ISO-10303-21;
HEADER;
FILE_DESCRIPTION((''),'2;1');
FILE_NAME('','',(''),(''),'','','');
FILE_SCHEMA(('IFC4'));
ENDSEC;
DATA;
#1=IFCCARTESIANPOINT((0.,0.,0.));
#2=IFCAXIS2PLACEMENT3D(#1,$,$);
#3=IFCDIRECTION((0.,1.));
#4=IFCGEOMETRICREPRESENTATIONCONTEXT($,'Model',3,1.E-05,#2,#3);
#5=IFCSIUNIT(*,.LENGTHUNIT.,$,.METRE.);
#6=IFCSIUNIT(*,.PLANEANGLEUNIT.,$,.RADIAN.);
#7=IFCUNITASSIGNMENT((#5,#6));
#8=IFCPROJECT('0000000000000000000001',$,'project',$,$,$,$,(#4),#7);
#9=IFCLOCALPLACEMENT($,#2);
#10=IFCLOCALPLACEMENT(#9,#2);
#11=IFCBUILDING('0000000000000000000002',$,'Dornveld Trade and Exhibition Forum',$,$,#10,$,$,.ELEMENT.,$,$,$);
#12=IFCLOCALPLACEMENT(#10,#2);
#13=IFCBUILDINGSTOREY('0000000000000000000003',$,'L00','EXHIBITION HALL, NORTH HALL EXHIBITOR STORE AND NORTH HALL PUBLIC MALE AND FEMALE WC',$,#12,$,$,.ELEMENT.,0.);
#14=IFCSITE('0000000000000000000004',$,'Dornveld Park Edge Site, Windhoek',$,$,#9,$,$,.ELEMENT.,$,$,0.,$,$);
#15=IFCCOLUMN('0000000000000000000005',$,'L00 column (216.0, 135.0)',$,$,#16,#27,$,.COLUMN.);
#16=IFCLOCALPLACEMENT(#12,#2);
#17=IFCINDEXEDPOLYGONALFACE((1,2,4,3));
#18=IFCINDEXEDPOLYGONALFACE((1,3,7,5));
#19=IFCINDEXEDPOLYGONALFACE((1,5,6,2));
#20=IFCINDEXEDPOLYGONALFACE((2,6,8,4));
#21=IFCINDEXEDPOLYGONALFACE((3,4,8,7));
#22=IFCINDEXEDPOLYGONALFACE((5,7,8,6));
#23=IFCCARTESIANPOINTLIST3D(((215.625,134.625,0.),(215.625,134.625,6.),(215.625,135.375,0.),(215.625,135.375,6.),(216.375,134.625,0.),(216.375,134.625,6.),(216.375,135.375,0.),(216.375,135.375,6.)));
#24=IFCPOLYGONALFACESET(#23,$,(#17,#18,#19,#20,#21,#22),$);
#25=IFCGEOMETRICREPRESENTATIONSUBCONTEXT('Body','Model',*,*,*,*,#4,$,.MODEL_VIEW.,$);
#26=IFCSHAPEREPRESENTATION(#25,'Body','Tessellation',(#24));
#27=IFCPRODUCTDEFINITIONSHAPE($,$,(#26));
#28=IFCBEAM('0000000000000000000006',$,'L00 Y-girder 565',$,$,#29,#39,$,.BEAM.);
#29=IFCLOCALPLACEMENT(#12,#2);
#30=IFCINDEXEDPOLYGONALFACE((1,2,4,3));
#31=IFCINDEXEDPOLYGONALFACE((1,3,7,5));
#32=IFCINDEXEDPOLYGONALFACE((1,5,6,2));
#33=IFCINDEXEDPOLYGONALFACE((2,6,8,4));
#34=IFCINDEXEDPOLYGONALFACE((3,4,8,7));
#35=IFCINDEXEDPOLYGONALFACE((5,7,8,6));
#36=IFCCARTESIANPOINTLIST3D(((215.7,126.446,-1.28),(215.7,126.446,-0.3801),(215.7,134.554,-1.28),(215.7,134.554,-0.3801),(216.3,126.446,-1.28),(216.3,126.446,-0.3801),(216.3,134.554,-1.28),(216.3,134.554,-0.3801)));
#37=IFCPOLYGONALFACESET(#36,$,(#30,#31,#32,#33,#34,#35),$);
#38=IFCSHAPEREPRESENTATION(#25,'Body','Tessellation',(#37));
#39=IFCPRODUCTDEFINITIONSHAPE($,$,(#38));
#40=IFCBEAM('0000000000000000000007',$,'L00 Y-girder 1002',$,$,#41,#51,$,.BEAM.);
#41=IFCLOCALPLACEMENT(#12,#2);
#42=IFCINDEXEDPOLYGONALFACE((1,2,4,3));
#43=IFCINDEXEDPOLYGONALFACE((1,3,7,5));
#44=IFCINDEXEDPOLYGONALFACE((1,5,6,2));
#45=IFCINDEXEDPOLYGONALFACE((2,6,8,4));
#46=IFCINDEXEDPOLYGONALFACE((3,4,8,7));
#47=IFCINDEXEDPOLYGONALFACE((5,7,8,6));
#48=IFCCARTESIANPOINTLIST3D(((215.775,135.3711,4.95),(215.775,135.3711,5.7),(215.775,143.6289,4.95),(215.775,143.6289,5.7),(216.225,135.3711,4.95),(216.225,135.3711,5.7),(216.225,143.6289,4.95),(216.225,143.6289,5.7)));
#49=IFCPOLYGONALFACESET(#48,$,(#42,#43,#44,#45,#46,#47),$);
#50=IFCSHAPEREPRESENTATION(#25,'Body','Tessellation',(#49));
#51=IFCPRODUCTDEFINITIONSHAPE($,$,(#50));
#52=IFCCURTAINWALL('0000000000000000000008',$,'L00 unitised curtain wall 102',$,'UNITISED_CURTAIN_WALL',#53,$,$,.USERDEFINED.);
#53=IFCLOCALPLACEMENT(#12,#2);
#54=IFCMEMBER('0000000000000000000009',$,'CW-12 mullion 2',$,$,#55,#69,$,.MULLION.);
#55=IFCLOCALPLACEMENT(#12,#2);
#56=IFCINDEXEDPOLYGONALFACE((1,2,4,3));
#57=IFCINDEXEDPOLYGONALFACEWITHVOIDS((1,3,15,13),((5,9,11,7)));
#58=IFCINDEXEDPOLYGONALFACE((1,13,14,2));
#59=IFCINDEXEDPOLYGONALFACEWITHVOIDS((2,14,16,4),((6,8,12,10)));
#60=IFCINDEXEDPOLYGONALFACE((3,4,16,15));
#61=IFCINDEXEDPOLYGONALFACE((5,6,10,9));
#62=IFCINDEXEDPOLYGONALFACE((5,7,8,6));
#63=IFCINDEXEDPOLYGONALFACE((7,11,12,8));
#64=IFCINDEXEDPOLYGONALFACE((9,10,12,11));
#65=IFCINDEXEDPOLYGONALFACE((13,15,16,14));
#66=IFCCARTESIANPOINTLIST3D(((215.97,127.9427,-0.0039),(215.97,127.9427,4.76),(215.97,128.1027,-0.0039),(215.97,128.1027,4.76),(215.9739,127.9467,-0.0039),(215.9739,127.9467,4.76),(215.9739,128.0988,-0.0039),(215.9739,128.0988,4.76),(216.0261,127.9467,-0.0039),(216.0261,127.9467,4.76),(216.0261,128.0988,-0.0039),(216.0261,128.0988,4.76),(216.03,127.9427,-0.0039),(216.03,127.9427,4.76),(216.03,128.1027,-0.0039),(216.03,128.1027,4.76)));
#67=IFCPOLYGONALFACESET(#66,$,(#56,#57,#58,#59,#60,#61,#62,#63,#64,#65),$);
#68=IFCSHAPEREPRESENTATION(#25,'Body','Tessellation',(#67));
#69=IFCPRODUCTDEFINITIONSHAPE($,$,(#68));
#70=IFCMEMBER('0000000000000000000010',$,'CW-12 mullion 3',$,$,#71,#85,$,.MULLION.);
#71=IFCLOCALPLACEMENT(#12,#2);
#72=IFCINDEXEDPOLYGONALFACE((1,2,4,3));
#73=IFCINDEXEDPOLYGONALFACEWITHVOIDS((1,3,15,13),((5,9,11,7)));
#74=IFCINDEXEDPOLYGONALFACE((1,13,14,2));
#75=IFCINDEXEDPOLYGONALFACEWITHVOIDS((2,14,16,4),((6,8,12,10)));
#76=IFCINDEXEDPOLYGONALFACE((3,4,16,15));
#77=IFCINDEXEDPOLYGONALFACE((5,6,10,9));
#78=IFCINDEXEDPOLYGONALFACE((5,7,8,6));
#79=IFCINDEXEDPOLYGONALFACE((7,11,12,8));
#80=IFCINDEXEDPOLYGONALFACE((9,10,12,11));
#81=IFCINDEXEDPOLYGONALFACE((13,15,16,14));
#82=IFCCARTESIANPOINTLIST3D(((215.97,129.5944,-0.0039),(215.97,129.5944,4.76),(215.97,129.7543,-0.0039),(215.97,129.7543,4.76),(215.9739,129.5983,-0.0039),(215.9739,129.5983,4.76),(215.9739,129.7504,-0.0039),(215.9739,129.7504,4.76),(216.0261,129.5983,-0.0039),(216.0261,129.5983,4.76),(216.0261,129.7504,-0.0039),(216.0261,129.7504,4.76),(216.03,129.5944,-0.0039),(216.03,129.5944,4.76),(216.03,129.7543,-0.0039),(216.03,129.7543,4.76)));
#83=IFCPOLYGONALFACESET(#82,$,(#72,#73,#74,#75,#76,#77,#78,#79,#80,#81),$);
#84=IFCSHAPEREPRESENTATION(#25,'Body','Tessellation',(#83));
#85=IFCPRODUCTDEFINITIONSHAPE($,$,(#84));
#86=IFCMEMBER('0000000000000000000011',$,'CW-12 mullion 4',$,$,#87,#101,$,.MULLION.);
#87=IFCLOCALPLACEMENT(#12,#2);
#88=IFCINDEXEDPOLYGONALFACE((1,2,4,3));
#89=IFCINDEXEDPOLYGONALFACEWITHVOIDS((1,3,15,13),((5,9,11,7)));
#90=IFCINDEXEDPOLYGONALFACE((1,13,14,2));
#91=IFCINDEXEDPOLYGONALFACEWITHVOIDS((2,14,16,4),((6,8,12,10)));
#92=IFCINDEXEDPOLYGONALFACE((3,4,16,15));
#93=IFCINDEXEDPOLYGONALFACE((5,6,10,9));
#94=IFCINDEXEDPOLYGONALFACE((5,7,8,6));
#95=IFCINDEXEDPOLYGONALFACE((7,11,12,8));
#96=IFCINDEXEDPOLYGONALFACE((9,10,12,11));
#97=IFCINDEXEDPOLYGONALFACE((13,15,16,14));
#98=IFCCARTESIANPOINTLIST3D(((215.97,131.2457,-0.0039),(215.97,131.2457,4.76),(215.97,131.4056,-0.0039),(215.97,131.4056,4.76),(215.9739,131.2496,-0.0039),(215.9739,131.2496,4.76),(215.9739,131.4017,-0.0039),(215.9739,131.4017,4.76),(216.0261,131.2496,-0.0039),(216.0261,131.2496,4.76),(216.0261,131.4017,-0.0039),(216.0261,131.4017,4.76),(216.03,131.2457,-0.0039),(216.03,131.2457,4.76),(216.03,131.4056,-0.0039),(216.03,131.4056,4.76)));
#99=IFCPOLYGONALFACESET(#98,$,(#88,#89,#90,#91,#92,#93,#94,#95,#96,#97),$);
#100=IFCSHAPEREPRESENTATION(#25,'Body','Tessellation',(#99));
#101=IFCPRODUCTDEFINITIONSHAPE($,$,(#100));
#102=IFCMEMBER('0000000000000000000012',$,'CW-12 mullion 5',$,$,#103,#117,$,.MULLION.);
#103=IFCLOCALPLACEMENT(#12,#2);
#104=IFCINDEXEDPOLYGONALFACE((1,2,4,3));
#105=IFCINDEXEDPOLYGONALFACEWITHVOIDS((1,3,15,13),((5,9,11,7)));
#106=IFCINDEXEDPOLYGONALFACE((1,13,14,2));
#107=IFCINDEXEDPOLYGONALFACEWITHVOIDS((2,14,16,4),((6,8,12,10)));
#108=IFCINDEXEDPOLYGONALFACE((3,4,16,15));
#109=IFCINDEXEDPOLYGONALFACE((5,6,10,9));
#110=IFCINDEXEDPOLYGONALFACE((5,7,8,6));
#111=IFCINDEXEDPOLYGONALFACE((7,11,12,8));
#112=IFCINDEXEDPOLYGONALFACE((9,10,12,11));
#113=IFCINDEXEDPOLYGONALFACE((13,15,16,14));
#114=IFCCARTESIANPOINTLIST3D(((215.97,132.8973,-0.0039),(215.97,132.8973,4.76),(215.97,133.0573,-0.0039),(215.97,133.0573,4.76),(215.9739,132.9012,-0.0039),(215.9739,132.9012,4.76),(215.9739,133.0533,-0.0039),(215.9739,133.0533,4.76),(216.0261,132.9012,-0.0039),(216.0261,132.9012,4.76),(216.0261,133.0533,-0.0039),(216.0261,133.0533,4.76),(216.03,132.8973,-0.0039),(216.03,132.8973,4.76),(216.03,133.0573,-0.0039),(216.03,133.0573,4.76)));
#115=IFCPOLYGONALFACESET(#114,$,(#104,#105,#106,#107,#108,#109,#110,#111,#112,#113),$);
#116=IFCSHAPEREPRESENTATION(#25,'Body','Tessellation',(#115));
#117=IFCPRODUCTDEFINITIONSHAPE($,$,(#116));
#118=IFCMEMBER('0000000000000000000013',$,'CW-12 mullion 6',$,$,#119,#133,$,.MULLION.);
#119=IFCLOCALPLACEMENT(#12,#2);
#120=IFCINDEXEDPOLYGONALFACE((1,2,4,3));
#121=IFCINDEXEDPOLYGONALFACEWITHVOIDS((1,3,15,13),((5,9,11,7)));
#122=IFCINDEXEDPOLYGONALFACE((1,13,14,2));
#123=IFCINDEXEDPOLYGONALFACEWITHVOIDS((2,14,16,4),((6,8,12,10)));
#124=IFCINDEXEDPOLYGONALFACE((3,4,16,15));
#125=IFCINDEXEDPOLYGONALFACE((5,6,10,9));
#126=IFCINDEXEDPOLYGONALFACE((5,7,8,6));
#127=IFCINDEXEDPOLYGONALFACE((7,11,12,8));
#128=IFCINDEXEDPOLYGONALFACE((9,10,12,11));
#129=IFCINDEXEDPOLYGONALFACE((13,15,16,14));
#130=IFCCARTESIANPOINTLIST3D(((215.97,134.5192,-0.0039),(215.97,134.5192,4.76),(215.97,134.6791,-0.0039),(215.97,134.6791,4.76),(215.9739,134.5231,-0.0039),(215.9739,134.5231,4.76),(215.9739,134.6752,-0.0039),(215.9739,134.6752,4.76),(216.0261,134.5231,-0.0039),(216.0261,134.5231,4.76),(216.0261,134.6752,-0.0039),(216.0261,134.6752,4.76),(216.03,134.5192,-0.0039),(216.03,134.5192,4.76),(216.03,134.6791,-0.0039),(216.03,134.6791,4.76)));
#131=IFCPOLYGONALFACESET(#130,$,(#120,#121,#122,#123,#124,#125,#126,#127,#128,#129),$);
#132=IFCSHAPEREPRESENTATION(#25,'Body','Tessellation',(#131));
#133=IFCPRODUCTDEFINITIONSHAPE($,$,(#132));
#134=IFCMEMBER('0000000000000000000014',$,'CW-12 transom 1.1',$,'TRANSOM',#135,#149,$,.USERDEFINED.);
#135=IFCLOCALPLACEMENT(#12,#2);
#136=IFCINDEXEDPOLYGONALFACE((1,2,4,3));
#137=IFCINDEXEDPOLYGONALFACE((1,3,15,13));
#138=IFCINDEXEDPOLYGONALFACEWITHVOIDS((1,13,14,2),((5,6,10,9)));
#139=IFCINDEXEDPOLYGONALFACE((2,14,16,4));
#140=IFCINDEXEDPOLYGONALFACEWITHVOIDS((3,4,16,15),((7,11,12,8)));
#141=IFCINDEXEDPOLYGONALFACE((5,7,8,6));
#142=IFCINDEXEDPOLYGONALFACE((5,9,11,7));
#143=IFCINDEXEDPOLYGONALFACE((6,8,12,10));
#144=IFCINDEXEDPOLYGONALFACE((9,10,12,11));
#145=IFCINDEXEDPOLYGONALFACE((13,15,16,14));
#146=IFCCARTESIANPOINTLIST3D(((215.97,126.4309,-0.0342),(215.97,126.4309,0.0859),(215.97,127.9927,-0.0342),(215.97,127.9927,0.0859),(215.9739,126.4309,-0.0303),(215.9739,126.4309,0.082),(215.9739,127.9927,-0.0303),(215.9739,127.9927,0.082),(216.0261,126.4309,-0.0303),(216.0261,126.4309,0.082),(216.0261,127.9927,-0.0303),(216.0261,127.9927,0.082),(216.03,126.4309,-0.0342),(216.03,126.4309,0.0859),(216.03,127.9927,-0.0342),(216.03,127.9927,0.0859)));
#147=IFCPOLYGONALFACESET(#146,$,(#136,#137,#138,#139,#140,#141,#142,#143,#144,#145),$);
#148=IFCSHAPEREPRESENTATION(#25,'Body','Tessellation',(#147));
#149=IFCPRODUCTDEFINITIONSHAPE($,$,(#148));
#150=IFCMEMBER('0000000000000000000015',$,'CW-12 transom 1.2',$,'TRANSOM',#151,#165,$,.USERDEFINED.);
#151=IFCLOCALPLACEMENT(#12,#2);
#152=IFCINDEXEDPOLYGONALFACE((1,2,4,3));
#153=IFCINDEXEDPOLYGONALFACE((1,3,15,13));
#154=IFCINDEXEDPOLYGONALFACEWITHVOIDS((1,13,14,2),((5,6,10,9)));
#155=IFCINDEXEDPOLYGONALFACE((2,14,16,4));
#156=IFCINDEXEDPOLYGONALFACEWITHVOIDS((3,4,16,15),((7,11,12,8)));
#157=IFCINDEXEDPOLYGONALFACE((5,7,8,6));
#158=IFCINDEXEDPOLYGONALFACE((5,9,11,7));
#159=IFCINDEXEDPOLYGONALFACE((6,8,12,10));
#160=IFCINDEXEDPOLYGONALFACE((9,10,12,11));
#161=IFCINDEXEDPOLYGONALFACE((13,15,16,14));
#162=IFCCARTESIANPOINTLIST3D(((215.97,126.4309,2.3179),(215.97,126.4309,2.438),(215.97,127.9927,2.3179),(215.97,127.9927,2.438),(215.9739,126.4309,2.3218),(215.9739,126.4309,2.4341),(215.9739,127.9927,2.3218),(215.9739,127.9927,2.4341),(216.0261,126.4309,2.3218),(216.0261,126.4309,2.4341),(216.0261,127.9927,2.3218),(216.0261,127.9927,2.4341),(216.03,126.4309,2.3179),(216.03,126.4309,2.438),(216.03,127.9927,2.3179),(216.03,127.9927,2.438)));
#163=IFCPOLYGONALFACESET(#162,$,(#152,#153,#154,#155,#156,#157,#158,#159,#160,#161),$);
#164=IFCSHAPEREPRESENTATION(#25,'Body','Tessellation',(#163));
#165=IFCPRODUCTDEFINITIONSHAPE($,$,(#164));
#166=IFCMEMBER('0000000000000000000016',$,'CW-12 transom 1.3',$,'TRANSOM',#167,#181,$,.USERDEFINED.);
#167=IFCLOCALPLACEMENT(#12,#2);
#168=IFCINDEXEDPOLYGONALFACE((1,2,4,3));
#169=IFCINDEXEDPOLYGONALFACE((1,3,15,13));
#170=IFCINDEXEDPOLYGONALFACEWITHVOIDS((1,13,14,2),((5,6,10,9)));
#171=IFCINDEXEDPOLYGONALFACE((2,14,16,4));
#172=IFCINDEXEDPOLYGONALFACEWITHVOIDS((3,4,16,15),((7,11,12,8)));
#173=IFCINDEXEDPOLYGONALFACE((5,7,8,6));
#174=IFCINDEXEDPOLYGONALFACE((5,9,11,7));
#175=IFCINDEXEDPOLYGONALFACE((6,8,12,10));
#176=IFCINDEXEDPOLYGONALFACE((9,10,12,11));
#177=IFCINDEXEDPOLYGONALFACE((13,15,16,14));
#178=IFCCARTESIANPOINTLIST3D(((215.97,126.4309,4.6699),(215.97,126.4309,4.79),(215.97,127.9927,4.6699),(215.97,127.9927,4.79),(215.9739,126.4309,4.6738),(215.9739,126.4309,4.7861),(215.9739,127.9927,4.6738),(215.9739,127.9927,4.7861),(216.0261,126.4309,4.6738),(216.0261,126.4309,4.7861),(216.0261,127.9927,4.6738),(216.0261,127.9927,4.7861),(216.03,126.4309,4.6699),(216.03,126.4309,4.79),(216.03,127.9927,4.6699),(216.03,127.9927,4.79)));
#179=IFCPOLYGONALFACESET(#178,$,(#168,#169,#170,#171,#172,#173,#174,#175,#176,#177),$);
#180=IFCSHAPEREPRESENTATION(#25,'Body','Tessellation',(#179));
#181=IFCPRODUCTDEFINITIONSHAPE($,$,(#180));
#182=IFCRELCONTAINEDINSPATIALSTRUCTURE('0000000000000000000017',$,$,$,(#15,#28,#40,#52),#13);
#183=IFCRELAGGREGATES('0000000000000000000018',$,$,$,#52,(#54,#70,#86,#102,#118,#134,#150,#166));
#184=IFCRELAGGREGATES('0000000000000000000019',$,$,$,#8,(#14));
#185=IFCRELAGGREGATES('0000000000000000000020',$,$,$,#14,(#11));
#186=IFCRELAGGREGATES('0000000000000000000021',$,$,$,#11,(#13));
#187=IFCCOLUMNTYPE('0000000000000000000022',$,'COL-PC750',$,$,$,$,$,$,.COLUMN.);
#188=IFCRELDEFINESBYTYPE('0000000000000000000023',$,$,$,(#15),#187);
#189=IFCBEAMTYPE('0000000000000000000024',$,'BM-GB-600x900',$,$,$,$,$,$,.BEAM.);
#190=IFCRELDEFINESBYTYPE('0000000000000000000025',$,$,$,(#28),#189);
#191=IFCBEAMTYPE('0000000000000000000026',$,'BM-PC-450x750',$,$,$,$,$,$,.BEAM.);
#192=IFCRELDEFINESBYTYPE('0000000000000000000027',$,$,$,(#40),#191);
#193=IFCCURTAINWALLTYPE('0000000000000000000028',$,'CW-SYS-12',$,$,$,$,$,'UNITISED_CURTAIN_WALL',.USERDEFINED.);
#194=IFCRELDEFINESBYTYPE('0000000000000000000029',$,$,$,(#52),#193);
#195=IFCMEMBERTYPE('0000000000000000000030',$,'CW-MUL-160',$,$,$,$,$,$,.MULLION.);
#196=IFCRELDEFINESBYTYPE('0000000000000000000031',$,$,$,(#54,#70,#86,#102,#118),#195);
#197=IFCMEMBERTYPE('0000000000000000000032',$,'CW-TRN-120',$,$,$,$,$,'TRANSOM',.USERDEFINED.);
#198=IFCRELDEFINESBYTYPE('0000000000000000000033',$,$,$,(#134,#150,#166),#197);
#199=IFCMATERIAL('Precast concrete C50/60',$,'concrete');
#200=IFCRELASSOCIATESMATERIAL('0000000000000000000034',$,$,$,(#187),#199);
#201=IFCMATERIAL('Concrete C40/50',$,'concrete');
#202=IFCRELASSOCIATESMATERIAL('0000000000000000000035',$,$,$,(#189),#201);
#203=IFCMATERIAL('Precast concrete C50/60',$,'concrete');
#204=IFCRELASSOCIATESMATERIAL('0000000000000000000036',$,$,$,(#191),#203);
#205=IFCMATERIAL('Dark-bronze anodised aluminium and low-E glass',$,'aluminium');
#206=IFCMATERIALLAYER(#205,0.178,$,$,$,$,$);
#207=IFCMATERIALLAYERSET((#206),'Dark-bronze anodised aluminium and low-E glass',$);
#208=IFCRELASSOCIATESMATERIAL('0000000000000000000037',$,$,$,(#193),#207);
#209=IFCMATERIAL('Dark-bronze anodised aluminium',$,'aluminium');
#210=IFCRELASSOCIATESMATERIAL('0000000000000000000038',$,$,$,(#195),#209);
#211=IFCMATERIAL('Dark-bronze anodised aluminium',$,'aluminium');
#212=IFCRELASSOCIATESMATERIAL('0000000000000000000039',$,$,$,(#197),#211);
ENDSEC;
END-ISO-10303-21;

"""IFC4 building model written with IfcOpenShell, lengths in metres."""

from ifc_helpers import new_model, si_unit, direction, frame, origin, origin_2d, place, context, subcontext, project, spatial, rectangle, hollow_rectangle, extrude, material, layer, layer_set, material_profile, profile_set, type_object, element, aggregate, save


model = new_model("IFC4")

# Units and contexts
model_context = context("Model", 3, precision=1e-05, world=origin(), true_north=direction((0.0, 1.0)))
body_context = subcontext(model_context, "Body", "Model", "MODEL_VIEW")
ifc_project = project(units=[si_unit("LENGTHUNIT", "METRE"), si_unit("PLANEANGLEUNIT", "RADIAN")], contexts=[model_context])

# Site, building, storey
site_placement = place(None, origin())
site = spatial("IfcSite", under=ifc_project, at=site_placement, Name="Dornveld Park Edge Site, Windhoek", CompositionType="ELEMENT", RefElevation=0.0)
building_placement = place(site_placement, origin())
building = spatial("IfcBuilding", under=site, at=building_placement, Name="Dornveld Trade and Exhibition Forum", CompositionType="ELEMENT")
storey_placement = place(building_placement, origin())
storey = spatial("IfcBuildingStorey", under=building, at=storey_placement, Name="L00", Description="EXHIBITION HALL, NORTH HALL EXHIBITOR STORE AND NORTH HALL PUBLIC MALE AND FEMALE WC", CompositionType="ELEMENT", Elevation=0.0)

# Column
ifc_material_1 = material(Name="Precast concrete C50/60", Category="concrete")
ifc_material_profile_1 = material_profile(ifc_material_1, rectangle(XDim=0.75, YDim=0.75, at=origin_2d()), Name="PC-COL 750x750")
ifc_profile_set_1 = profile_set([ifc_material_profile_1], Name="Precast concrete C50/60")
column_type = type_object("IfcColumnType", Name="COL-PC750", PredefinedType="COLUMN", material=ifc_profile_set_1)
column_placement = place(storey_placement, frame((216.0, 135.0, 0.0), z_axis=(0.0, 0.0, 1.0), x_axis=(1.0, 0.0, 0.0)))
element("IfcColumn", 1, at=column_placement, inside=storey, type_object=column_type, Name="L00 column (216.0, 135.0)", PredefinedType="COLUMN", context=body_context, shape_type="SweptSolid", body=[
    extrude(rectangle(XDim=0.75, YDim=0.75, at=origin_2d()), origin(), (0.0, 0.0, 1.0), 6.0),
])

# Beams
ifc_material_2 = material(Name="Concrete C40/50", Category="concrete")
ifc_material_profile_2 = material_profile(ifc_material_2, rectangle(XDim=0.6001, YDim=0.8999, at=origin_2d()), Name="RC-GB 600x900")
ifc_profile_set_2 = profile_set([ifc_material_profile_2], Name="Concrete C40/50")
beam_type_1 = type_object("IfcBeamType", Name="BM-GB-600x900", PredefinedType="BEAM", material=ifc_profile_set_2)
beam_1_placement = place(storey_placement, frame((216.0, 126.446, -0.8301), z_axis=(0.0, 1.0, 0.0), x_axis=(-1.0, 0.0, 0.0)))
element("IfcBeam", 2, at=beam_1_placement, inside=storey, type_object=beam_type_1, Name="L00 Y-girder 565", PredefinedType="BEAM", context=body_context, shape_type="SweptSolid", body=[
    extrude(rectangle(XDim=0.6001, YDim=0.8999, at=origin_2d()), origin(), (0.0, 0.0, 1.0), 8.1079),
])
ifc_material_3 = material(Name="Precast concrete C50/60", Category="concrete")
ifc_material_profile_3 = material_profile(ifc_material_3, rectangle(XDim=0.45, YDim=0.75, at=origin_2d()), Name="PC-BM 450x750")
ifc_profile_set_3 = profile_set([ifc_material_profile_3], Name="Precast concrete C50/60")
beam_type_2 = type_object("IfcBeamType", Name="BM-PC-450x750", PredefinedType="BEAM", material=ifc_profile_set_3)
beam_2_placement = place(storey_placement, frame((216.0, 135.3711, 5.325), z_axis=(0.0, 1.0, 0.0), x_axis=(-1.0, 0.0, 0.0)))
element("IfcBeam", 3, at=beam_2_placement, inside=storey, type_object=beam_type_2, Name="L00 Y-girder 1002", PredefinedType="BEAM", context=body_context, shape_type="SweptSolid", body=[
    extrude(rectangle(XDim=0.45, YDim=0.75, at=origin_2d()), origin(), (0.0, 0.0, 1.0), 8.2578),
])

# Curtain wall, members
ifc_material_4 = material(Name="Dark-bronze anodised aluminium and low-E glass", Category="aluminium")
ifc_layer_1 = layer(ifc_material_4, 0.178)
ifc_layer_set_1 = layer_set([ifc_layer_1], Name="Dark-bronze anodised aluminium and low-E glass")
curtain_wall_type = type_object("IfcCurtainWallType", Name="CW-SYS-12", ElementType="UNITISED_CURTAIN_WALL", PredefinedType="USERDEFINED", material=ifc_layer_set_1)
curtain_wall_placement = place(storey_placement, origin())
curtain_wall = element("IfcCurtainWall", 4, at=curtain_wall_placement, inside=storey, type_object=curtain_wall_type, Name="L00 unitised curtain wall 102", ObjectType="UNITISED_CURTAIN_WALL", PredefinedType="USERDEFINED")
ifc_material_5 = material(Name="Dark-bronze anodised aluminium", Category="aluminium")
ifc_material_profile_4 = material_profile(ifc_material_5, hollow_rectangle(XDim=0.0601, YDim=0.1599, WallThickness=0.0039, at=origin_2d()), Name="RHS 160x60x4")
ifc_profile_set_4 = profile_set([ifc_material_profile_4], Name="Dark-bronze anodised aluminium")
member_type_1 = type_object("IfcMemberType", Name="CW-MUL-160", PredefinedType="MULLION", material=ifc_profile_set_4)
member_1_placement = place(storey_placement, frame((216.0, 128.0227, -0.0039), z_axis=(0.0, 0.0, 1.0), x_axis=(-1.0, 0.0, 0.0)))
member_1 = element("IfcMember", 5, at=member_1_placement, type_object=member_type_1, Name="CW-12 mullion 2", PredefinedType="MULLION", context=body_context, shape_type="SweptSolid", body=[
    extrude(hollow_rectangle(XDim=0.0601, YDim=0.1599, WallThickness=0.0039, at=origin_2d()), origin(), (0.0, 0.0, 1.0), 4.7639),
])
member_2_placement = place(storey_placement, frame((216.0, 129.6743, -0.0039), z_axis=(0.0, 0.0, 1.0), x_axis=(-1.0, 0.0, 0.0)))
member_2 = element("IfcMember", 6, at=member_2_placement, type_object=member_type_1, Name="CW-12 mullion 3", PredefinedType="MULLION", context=body_context, shape_type="SweptSolid", body=[
    extrude(hollow_rectangle(XDim=0.0601, YDim=0.1599, WallThickness=0.0039, at=origin_2d()), origin(), (0.0, 0.0, 1.0), 4.7639),
])
member_3_placement = place(storey_placement, frame((216.0, 131.3257, -0.0039), z_axis=(0.0, 0.0, 1.0), x_axis=(-1.0, 0.0, 0.0)))
member_3 = element("IfcMember", 7, at=member_3_placement, type_object=member_type_1, Name="CW-12 mullion 4", PredefinedType="MULLION", context=body_context, shape_type="SweptSolid", body=[
    extrude(hollow_rectangle(XDim=0.0601, YDim=0.1599, WallThickness=0.0039, at=origin_2d()), origin(), (0.0, 0.0, 1.0), 4.7639),
])
member_4_placement = place(storey_placement, frame((216.0, 132.9773, -0.0039), z_axis=(0.0, 0.0, 1.0), x_axis=(-1.0, 0.0, 0.0)))
member_4 = element("IfcMember", 8, at=member_4_placement, type_object=member_type_1, Name="CW-12 mullion 5", PredefinedType="MULLION", context=body_context, shape_type="SweptSolid", body=[
    extrude(hollow_rectangle(XDim=0.0601, YDim=0.1599, WallThickness=0.0039, at=origin_2d()), origin(), (0.0, 0.0, 1.0), 4.7639),
])
member_5_placement = place(storey_placement, frame((216.0, 134.5991, -0.0039), z_axis=(0.0, 0.0, 1.0), x_axis=(-1.0, 0.0, 0.0)))
member_5 = element("IfcMember", 9, at=member_5_placement, type_object=member_type_1, Name="CW-12 mullion 6", PredefinedType="MULLION", context=body_context, shape_type="SweptSolid", body=[
    extrude(hollow_rectangle(XDim=0.0601, YDim=0.1599, WallThickness=0.0039, at=origin_2d()), origin(), (0.0, 0.0, 1.0), 4.7639),
])
ifc_material_6 = material(Name="Dark-bronze anodised aluminium", Category="aluminium")
ifc_material_profile_5 = material_profile(ifc_material_6, hollow_rectangle(XDim=0.0601, YDim=0.1201, WallThickness=0.0039, at=origin_2d()), Name="RHS 120x60x4")
ifc_profile_set_5 = profile_set([ifc_material_profile_5], Name="Dark-bronze anodised aluminium")
member_type_2 = type_object("IfcMemberType", Name="CW-TRN-120", ElementType="TRANSOM", PredefinedType="USERDEFINED", material=ifc_profile_set_5)
member_6_placement = place(storey_placement, frame((216.0, 126.4309, 0.0259), z_axis=(0.0, 1.0, 0.0), x_axis=(-1.0, 0.0, 0.0)))
member_6 = element("IfcMember", 10, at=member_6_placement, type_object=member_type_2, Name="CW-12 transom 1.1", ObjectType="TRANSOM", PredefinedType="USERDEFINED", context=body_context, shape_type="SweptSolid", body=[
    extrude(hollow_rectangle(XDim=0.0601, YDim=0.1201, WallThickness=0.0039, at=origin_2d()), origin(), (0.0, 0.0, 1.0), 1.5618),
])
member_7_placement = place(storey_placement, frame((216.0, 126.4309, 2.3779), z_axis=(0.0, 1.0, 0.0), x_axis=(-1.0, 0.0, 0.0)))
member_7 = element("IfcMember", 11, at=member_7_placement, type_object=member_type_2, Name="CW-12 transom 1.2", ObjectType="TRANSOM", PredefinedType="USERDEFINED", context=body_context, shape_type="SweptSolid", body=[
    extrude(hollow_rectangle(XDim=0.0601, YDim=0.1201, WallThickness=0.0039, at=origin_2d()), origin(), (0.0, 0.0, 1.0), 1.5618),
])
member_8_placement = place(storey_placement, frame((216.0, 126.4309, 4.73), z_axis=(0.0, 1.0, 0.0), x_axis=(-1.0, 0.0, 0.0)))
member_8 = element("IfcMember", 12, at=member_8_placement, type_object=member_type_2, Name="CW-12 transom 1.3", ObjectType="TRANSOM", PredefinedType="USERDEFINED", context=body_context, shape_type="SweptSolid", body=[
    extrude(hollow_rectangle(XDim=0.0601, YDim=0.1201, WallThickness=0.0039, at=origin_2d()), origin(), (0.0, 0.0, 1.0), 1.5618),
])
aggregate(curtain_wall, [member_1, member_2, member_3, member_4, member_5, member_6, member_7, member_8])

save(model, "model.ifc")
